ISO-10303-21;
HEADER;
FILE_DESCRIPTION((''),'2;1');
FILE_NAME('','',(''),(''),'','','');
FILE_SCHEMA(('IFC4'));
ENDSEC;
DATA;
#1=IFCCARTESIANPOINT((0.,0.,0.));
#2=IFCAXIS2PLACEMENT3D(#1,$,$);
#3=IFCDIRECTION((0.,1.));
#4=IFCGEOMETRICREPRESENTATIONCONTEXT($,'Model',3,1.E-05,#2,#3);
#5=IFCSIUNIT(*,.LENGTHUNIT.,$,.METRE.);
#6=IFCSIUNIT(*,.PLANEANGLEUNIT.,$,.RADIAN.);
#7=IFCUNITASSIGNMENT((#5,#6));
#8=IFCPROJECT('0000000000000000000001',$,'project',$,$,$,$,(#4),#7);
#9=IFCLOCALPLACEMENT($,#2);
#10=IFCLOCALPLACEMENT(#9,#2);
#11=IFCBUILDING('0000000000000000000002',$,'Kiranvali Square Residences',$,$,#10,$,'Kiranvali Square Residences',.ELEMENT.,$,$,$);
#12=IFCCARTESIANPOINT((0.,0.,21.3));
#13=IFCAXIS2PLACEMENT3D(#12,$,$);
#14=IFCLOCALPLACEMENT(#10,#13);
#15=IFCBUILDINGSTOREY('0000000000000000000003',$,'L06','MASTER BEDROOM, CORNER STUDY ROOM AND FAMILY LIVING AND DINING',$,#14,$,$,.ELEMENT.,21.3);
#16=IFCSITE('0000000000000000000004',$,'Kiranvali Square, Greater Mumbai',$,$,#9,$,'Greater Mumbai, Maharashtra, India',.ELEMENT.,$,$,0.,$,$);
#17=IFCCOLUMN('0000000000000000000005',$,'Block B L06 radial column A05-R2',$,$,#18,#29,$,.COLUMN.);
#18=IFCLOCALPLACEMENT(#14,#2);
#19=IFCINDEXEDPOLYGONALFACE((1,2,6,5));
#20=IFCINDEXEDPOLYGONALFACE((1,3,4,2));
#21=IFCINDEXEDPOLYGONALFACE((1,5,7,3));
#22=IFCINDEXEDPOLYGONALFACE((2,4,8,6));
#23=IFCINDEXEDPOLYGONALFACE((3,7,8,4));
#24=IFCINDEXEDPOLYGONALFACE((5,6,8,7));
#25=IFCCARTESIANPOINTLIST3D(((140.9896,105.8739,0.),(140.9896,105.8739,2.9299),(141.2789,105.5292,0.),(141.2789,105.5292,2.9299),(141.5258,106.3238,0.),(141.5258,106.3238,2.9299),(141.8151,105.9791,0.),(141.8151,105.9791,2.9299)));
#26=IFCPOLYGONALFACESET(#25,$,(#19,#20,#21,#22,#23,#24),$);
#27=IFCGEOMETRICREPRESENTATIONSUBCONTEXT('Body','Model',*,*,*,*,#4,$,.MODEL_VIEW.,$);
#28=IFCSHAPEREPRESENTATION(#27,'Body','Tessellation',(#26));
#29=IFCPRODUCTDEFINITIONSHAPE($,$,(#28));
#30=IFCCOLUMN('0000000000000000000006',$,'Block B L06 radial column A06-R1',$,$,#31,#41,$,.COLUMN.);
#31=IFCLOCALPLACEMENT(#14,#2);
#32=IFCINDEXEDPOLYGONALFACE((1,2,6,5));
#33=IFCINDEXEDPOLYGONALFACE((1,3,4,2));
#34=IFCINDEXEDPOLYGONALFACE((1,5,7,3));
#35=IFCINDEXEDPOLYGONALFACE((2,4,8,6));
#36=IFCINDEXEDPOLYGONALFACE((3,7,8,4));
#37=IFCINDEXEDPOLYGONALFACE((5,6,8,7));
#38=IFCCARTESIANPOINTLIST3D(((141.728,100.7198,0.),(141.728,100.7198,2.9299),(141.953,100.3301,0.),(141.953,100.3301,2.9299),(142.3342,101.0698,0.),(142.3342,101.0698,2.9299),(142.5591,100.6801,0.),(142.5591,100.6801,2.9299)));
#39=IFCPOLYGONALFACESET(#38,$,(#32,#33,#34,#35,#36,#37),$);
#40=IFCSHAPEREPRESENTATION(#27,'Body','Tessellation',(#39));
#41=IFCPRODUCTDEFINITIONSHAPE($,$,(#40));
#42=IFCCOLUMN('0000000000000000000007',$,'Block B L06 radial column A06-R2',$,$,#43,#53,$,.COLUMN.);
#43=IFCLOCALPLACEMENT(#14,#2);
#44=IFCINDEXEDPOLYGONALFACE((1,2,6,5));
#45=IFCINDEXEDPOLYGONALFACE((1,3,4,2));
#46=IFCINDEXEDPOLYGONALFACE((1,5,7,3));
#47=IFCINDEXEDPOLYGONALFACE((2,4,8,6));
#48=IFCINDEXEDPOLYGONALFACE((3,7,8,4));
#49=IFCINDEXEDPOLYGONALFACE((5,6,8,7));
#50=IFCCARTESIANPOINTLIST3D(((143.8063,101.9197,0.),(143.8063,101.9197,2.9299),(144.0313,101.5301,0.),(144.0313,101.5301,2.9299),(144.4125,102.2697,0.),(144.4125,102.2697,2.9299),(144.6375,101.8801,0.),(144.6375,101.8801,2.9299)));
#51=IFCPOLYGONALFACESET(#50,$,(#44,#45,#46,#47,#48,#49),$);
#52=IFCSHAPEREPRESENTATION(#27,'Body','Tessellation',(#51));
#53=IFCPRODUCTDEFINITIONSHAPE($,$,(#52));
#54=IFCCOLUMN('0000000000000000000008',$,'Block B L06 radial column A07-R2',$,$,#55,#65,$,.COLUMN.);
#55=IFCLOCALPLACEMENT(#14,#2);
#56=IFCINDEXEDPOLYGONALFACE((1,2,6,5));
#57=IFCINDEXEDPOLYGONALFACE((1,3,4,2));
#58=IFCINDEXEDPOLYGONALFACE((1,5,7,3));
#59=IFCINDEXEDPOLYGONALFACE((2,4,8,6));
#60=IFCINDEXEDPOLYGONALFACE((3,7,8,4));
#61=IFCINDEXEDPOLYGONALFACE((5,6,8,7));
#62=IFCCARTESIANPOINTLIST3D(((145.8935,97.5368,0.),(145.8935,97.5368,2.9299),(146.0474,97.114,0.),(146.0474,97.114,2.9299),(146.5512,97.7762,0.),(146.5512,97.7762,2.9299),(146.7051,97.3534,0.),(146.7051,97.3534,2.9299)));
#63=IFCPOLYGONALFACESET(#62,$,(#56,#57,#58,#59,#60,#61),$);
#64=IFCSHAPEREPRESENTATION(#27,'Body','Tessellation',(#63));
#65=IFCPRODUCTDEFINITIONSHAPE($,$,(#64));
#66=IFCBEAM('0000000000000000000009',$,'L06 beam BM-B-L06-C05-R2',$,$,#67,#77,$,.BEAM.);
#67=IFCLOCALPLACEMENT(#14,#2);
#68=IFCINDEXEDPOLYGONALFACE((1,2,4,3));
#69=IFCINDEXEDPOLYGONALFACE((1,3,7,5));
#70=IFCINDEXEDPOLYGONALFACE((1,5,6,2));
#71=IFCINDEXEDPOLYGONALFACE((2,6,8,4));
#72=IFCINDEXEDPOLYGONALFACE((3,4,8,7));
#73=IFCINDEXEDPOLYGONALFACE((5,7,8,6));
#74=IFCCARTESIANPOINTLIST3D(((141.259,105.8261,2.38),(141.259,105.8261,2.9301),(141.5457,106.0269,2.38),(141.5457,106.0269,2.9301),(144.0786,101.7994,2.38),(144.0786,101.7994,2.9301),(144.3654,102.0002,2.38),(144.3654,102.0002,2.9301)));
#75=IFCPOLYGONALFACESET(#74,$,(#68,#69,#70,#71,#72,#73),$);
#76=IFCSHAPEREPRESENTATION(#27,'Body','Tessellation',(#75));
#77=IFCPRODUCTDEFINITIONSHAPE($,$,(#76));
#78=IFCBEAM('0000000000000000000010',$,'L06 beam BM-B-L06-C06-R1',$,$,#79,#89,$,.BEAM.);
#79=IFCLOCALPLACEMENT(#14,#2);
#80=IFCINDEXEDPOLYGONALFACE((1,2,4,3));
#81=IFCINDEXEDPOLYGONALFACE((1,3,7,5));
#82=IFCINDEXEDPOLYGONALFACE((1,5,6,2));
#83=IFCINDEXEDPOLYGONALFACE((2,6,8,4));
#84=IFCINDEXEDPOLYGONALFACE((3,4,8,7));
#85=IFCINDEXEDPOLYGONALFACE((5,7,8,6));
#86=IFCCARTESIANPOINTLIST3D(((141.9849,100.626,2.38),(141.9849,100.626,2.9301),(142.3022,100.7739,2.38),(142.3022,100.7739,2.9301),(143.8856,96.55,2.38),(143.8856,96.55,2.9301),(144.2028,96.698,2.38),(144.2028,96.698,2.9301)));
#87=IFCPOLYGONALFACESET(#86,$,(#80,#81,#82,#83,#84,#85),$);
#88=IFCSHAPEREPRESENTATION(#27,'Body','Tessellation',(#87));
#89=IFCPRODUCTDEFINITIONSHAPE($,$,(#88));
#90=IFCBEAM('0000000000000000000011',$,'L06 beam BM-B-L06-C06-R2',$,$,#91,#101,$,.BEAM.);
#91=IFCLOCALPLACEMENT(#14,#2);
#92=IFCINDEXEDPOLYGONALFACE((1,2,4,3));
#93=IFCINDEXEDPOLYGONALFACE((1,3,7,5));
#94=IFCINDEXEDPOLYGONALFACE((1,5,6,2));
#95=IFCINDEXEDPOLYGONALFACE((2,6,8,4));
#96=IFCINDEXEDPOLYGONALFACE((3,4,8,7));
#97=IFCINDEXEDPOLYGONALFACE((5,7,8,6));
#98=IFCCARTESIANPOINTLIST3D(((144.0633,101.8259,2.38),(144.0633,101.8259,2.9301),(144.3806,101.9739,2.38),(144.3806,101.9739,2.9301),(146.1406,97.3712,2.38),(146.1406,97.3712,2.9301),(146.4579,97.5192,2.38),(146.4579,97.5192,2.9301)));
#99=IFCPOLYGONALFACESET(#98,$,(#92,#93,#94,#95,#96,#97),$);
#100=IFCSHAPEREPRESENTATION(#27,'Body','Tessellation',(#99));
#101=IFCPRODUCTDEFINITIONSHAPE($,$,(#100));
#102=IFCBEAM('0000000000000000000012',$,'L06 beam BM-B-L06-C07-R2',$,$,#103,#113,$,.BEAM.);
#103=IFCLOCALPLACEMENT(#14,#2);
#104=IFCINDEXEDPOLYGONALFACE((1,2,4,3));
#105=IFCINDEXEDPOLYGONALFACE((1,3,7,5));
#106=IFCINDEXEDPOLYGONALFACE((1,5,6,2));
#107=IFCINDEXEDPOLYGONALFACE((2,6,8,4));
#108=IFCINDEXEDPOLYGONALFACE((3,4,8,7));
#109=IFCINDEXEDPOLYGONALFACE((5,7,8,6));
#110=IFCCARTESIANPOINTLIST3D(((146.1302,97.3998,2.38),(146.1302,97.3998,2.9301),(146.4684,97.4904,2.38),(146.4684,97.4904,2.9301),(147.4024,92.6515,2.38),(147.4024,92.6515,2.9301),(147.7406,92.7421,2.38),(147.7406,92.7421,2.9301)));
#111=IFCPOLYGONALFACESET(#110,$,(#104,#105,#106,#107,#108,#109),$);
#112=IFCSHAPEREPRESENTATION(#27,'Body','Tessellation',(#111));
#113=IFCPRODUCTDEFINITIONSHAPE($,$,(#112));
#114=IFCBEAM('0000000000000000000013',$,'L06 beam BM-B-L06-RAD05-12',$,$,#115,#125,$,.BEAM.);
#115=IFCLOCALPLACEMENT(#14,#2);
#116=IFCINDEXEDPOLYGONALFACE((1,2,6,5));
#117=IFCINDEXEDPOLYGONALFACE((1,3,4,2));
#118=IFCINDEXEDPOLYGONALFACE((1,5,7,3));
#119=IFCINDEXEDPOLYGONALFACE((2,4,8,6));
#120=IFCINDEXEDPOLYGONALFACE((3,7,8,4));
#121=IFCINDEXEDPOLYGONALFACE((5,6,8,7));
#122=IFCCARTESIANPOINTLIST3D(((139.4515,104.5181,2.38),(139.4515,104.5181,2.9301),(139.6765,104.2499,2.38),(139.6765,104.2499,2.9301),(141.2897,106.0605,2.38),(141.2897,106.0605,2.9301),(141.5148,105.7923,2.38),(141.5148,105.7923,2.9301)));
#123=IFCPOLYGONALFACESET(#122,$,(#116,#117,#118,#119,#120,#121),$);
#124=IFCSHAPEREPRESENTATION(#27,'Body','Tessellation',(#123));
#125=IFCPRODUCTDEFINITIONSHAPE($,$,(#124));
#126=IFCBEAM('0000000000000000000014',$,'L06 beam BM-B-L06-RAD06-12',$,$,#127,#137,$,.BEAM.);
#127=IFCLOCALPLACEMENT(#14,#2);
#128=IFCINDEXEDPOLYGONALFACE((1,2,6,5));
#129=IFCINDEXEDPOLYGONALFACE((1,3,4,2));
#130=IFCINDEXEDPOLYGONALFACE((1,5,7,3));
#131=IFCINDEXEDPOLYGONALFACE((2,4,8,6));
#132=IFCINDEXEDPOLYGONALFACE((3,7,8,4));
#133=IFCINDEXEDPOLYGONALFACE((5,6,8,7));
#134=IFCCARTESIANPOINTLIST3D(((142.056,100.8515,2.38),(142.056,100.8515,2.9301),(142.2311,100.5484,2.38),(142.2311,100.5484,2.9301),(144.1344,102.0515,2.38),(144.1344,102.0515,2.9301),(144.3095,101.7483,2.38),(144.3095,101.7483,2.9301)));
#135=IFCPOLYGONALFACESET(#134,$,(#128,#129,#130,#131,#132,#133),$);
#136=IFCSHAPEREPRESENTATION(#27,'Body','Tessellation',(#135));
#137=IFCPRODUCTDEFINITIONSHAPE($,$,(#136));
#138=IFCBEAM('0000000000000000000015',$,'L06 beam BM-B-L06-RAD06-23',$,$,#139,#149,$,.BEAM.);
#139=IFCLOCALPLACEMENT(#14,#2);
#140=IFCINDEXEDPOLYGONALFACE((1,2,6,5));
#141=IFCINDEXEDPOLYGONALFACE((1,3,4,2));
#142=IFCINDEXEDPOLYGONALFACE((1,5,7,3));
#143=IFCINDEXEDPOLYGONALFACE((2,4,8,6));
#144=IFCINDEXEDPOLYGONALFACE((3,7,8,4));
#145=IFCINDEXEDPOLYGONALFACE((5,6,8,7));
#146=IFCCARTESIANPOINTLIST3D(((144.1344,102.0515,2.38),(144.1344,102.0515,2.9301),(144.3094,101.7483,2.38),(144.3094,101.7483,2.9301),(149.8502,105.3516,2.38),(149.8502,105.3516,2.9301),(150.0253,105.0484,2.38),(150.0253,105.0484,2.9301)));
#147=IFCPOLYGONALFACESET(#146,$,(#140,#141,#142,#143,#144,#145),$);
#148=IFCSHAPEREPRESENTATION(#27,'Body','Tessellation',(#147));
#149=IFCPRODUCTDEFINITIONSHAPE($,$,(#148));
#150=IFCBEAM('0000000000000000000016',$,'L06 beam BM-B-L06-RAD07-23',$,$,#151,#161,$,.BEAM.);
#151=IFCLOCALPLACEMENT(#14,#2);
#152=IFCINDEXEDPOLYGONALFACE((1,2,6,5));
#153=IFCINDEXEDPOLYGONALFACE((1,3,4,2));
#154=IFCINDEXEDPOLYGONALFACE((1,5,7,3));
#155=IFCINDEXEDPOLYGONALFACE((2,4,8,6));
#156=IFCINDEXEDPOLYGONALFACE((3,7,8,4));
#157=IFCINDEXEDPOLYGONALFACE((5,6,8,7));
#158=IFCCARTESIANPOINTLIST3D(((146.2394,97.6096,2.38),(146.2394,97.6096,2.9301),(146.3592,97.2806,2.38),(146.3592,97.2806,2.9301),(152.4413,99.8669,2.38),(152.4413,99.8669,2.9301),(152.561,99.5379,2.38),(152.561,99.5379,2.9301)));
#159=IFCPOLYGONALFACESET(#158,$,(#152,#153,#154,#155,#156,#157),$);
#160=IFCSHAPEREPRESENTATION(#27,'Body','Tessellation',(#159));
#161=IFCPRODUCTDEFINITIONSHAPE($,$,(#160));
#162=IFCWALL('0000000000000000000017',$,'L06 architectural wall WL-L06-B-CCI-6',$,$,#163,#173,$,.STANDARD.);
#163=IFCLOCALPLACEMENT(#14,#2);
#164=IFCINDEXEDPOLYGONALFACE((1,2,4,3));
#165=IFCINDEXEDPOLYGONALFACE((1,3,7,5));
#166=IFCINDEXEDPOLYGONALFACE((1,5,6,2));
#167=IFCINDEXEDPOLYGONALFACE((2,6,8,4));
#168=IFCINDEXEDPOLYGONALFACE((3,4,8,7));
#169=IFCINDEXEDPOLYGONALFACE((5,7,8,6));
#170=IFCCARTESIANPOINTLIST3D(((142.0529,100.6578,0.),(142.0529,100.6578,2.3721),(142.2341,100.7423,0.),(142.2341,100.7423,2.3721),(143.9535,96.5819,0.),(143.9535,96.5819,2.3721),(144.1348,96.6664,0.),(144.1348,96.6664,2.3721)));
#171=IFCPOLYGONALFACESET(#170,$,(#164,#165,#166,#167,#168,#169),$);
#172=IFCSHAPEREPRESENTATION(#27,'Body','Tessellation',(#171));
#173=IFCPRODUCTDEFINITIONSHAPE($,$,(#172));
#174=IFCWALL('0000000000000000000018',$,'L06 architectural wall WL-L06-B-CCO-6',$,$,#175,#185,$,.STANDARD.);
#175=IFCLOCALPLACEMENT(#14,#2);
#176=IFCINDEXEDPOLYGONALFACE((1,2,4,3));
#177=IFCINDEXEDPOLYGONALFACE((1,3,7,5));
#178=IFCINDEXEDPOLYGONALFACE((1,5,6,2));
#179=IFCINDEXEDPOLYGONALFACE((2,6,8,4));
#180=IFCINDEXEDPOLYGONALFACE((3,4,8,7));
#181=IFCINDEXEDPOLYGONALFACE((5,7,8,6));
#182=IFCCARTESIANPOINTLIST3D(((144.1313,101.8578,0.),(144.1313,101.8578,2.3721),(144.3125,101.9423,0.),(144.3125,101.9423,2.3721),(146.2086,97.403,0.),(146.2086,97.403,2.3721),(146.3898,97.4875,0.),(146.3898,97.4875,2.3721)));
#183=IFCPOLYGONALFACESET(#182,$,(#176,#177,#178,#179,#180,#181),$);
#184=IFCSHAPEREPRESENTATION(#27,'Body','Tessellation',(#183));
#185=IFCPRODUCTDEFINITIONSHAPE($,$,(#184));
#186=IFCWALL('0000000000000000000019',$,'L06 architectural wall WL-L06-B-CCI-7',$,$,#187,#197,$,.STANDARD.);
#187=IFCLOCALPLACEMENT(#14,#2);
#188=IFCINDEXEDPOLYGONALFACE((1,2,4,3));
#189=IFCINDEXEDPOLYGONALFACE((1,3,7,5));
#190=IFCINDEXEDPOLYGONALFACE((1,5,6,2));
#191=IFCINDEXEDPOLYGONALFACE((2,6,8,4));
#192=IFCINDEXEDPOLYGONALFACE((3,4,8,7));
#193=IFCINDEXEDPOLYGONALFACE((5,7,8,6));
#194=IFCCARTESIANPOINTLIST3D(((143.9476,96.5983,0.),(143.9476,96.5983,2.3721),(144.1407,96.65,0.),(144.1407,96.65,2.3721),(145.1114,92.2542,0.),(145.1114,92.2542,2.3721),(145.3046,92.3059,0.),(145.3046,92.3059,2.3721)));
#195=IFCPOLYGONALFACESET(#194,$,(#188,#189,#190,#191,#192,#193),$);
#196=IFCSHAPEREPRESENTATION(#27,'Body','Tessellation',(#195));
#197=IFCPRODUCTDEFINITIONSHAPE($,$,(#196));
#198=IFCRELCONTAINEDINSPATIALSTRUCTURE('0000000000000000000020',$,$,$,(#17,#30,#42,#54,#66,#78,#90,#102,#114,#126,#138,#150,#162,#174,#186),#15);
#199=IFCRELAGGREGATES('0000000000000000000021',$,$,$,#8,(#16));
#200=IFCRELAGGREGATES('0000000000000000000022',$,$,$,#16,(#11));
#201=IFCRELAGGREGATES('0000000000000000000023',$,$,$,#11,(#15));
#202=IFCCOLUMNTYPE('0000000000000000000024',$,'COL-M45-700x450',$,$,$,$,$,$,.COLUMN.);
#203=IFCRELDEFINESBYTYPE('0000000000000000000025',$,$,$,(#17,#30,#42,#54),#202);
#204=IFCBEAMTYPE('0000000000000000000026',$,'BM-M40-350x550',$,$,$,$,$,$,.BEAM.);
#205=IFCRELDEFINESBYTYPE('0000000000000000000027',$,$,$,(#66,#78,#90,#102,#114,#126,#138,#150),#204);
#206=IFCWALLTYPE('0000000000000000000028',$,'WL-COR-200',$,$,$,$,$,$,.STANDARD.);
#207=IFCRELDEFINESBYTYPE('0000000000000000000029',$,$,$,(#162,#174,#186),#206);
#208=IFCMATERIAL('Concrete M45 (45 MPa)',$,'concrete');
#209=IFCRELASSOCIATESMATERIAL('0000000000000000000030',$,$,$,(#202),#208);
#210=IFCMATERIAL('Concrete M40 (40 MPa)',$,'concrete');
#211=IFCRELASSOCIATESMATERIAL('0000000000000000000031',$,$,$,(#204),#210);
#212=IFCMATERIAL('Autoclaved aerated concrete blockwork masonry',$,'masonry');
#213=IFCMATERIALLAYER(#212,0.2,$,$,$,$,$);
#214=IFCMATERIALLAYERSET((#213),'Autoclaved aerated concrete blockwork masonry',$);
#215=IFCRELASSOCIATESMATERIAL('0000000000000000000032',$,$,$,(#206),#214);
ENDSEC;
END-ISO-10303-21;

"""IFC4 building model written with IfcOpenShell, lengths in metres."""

from ifc_helpers import new_model, si_unit, direction, frame, frame_2d, origin, origin_2d, place, context, subcontext, project, spatial, rectangle, extrude, material, layer, layer_set, material_profile, profile_set, type_object, element, save


model = new_model("IFC4")

# Units and contexts
model_context = context("Model", 3, precision=1e-05, world=origin(), true_north=direction((0.0, 1.0)))
body_context = subcontext(model_context, "Body", "Model", "MODEL_VIEW")
ifc_project = project(units=[si_unit("LENGTHUNIT", "METRE"), si_unit("PLANEANGLEUNIT", "RADIAN")], contexts=[model_context])

# Site, building, storey
site_placement = place(None, origin())
site = spatial("IfcSite", under=ifc_project, at=site_placement, Name="Kiranvali Square, Greater Mumbai", LongName="Greater Mumbai, Maharashtra, India", CompositionType="ELEMENT", RefElevation=0.0)
building_placement = place(site_placement, origin())
building = spatial("IfcBuilding", under=site, at=building_placement, Name="Kiranvali Square Residences", LongName="Kiranvali Square Residences", CompositionType="ELEMENT")
storey_placement = place(building_placement, frame((0.0, 0.0, 21.3)))
storey = spatial("IfcBuildingStorey", under=building, at=storey_placement, Name="L06", Description="MASTER BEDROOM, CORNER STUDY ROOM AND FAMILY LIVING AND DINING", CompositionType="ELEMENT", Elevation=21.3)

# Columns
ifc_material_1 = material(Name="Concrete M45 (45 MPa)", Category="concrete")
ifc_material_profile_1 = material_profile(ifc_material_1, rectangle(XDim=0.45, YDim=0.7, at=origin_2d()), Name="RC 700x450")
ifc_profile_set_1 = profile_set([ifc_material_profile_1], Name="Concrete M45 (45 MPa)")
column_type = type_object("IfcColumnType", Name="COL-M45-700x450", PredefinedType="COLUMN", material=ifc_profile_set_1)
for number, where, z_axis, x_axis, name in (
    (1, (141.4023, 105.9265, 0.0), (0.0, 0.0, 1.0), (-0.642788, 0.766044, 0.0), "Block B L06 radial column A05-R2"),
    (2, (142.1436, 100.7, 0.0), (0.0, 0.0, 1.0), (-0.5, 0.866025, 0.0), "Block B L06 radial column A06-R1"),
    (3, (144.2219, 101.8999, 0.0), (0.0, 0.0, 1.0), (-0.5, 0.866025, 0.0), "Block B L06 radial column A06-R2"),
    (4, (146.2993, 97.4451, 0.0), (0.0, 0.0, 1.0), (-0.34202, 0.939693, 0.0), "Block B L06 radial column A07-R2"),
):
    element("IfcColumn", number, at=place(storey_placement, frame(where, z_axis=z_axis, x_axis=x_axis)), inside=storey, type_object=column_type, Name=name, PredefinedType="COLUMN", context=body_context, shape_type="SweptSolid", body=[
        extrude(rectangle(XDim=0.45, YDim=0.7, at=origin_2d()), origin(), (0.0, 0.0, 1.0), 2.9299),
    ])

# Beams
ifc_material_2 = material(Name="Concrete M40 (40 MPa)", Category="concrete")
ifc_material_profile_2 = material_profile(ifc_material_2, rectangle(XDim=0.3501, YDim=0.55, at=origin_2d()), Name="RC 350x550")
ifc_profile_set_2 = profile_set([ifc_material_profile_2], Name="Concrete M40 (40 MPa)")
beam_type = type_object("IfcBeamType", Name="BM-M40-350x550", PredefinedType="BEAM", material=ifc_profile_set_2)
beam_1_placement = place(storey_placement, frame((141.4023, 105.9265, 2.655), z_axis=(0.573592, -0.819141, 0.0), x_axis=(0.819141, 0.573592, 0.0)))
element("IfcBeam", 5, at=beam_1_placement, inside=storey, type_object=beam_type, Name="L06 beam BM-B-L06-C05-R2", PredefinedType="BEAM", context=body_context, shape_type="SweptSolid", body=[
    extrude(rectangle(XDim=0.3501, YDim=0.55, at=origin_2d()), origin(), (0.0, 0.0, 1.0), 4.9158),
])
beam_2_placement = place(storey_placement, frame((142.1436, 100.7, 2.655), z_axis=(0.422618, -0.906308, 0.0), x_axis=(0.906308, 0.422618, 0.0)))
element("IfcBeam", 6, at=beam_2_placement, inside=storey, type_object=beam_type, Name="L06 beam BM-B-L06-C06-R1", PredefinedType="BEAM", context=body_context, shape_type="SweptSolid", body=[
    extrude(rectangle(XDim=0.3501, YDim=0.55, at=origin_2d()), origin(), (0.0, 0.0, 1.0), 4.4973),
])
beam_3_placement = place(storey_placement, frame((144.2219, 101.8999, 2.655), z_axis=(0.42263, -0.906302, 0.0), x_axis=(0.906302, 0.42263, 0.0)))
element("IfcBeam", 7, at=beam_3_placement, inside=storey, type_object=beam_type, Name="L06 beam BM-B-L06-C06-R2", PredefinedType="BEAM", context=body_context, shape_type="SweptSolid", body=[
    extrude(rectangle(XDim=0.3501, YDim=0.55, at=origin_2d()), origin(), (0.0, 0.0, 1.0), 4.9153),
])
beam_4_placement = place(storey_placement, frame((146.2993, 97.4451, 2.655), z_axis=(0.258803, -0.96593, 0.0), x_axis=(0.96593, 0.258803, 0.0)))
element("IfcBeam", 8, at=beam_4_placement, inside=storey, type_object=beam_type, Name="L06 beam BM-B-L06-C07-R2", PredefinedType="BEAM", context=body_context, shape_type="SweptSolid", body=[
    extrude(rectangle(XDim=0.3501, YDim=0.55, at=origin_2d()), origin(), (0.0, 0.0, 1.0), 4.9158),
])
beam_5_placement = place(storey_placement, frame((139.564, 104.384, 2.655), z_axis=(0.766065, 0.642763, 0.0), x_axis=(-0.642763, 0.766065, 0.0)))
element("IfcBeam", 9, at=beam_5_placement, inside=storey, type_object=beam_type, Name="L06 beam BM-B-L06-RAD05-12", PredefinedType="BEAM", context=body_context, shape_type="SweptSolid", body=[
    extrude(rectangle(XDim=0.3501, YDim=0.55, at=origin_2d()), origin(), (0.0, 0.0, 1.0), 2.3997),
])
beam_6_placement = place(storey_placement, frame((142.1436, 100.7, 2.655), z_axis=(0.866025, 0.500001, 0.0), x_axis=(-0.500001, 0.866025, 0.0)))
element("IfcBeam", 10, at=beam_6_placement, inside=storey, type_object=beam_type, Name="L06 beam BM-B-L06-RAD06-12", PredefinedType="BEAM", context=body_context, shape_type="SweptSolid", body=[
    extrude(rectangle(XDim=0.3501, YDim=0.55, at=origin_2d()), origin(), (0.0, 0.0, 1.0), 2.3999),
])
beam_7_placement = place(storey_placement, frame((144.2219, 101.8999, 2.655), z_axis=(0.866024, 0.500002, 0.0), x_axis=(-0.500002, 0.866024, 0.0)))
element("IfcBeam", 11, at=beam_7_placement, inside=storey, type_object=beam_type, Name="L06 beam BM-B-L06-RAD06-23", PredefinedType="BEAM", context=body_context, shape_type="SweptSolid", body=[
    extrude(rectangle(XDim=0.3501, YDim=0.55, at=origin_2d()), origin(), (0.0, 0.0, 1.0), 6.6001),
])
beam_8_placement = place(storey_placement, frame((146.2993, 97.4451, 2.655), z_axis=(0.939692, 0.342022, 0.0), x_axis=(-0.342022, 0.939692, 0.0)))
element("IfcBeam", 12, at=beam_8_placement, inside=storey, type_object=beam_type, Name="L06 beam BM-B-L06-RAD07-23", PredefinedType="BEAM", context=body_context, shape_type="SweptSolid", body=[
    extrude(rectangle(XDim=0.3501, YDim=0.55, at=origin_2d()), origin(), (0.0, 0.0, 1.0), 6.5999),
])

# Shared definitions
ifc_material_3 = material(Name="Autoclaved aerated concrete blockwork masonry", Category="masonry")
ifc_layer_1 = layer(ifc_material_3, 0.2)
ifc_layer_set_1 = layer_set([ifc_layer_1], Name="Autoclaved aerated concrete blockwork masonry")
wall_type_1 = type_object("IfcWallType", Name="WL-COR-200", PredefinedType="STANDARD", material=ifc_layer_set_1)

# Walls
wall_1_placement = place(storey_placement, frame((142.1436, 100.7, 0.0), z_axis=(0.0, 0.0, 1.0), x_axis=(0.422618, -0.906308, 0.0)))
element("IfcWall", 13, at=wall_1_placement, inside=storey, type_object=wall_type_1, Name="L06 architectural wall WL-L06-B-CCI-6", PredefinedType="STANDARD", context=body_context, shape_type="SweptSolid", body=[
    extrude(rectangle(XDim=4.4973, YDim=0.2, at=frame_2d((2.2485, 0.0))), origin(), (0.0, 0.0, 1.0), 2.3721),
])
wall_2_placement = place(storey_placement, frame((144.2219, 101.8999, 0.0), z_axis=(0.0, 0.0, 1.0), x_axis=(0.42263, -0.906302, 0.0)))
element("IfcWall", 14, at=wall_2_placement, inside=storey, type_object=wall_type_1, Name="L06 architectural wall WL-L06-B-CCO-6", PredefinedType="STANDARD", context=body_context, shape_type="SweptSolid", body=[
    extrude(rectangle(XDim=4.9153, YDim=0.2, at=frame_2d((2.4575, 0.0))), origin(), (0.0, 0.0, 1.0), 2.3721),
])
wall_3_placement = place(storey_placement, frame((144.0442, 96.624, 0.0), z_axis=(0.0, 0.0, 1.0), x_axis=(0.258788, -0.965934, 0.0)))
element("IfcWall", 15, at=wall_3_placement, inside=storey, type_object=wall_type_1, Name="L06 architectural wall WL-L06-B-CCI-7", PredefinedType="STANDARD", context=body_context, shape_type="SweptSolid", body=[
    extrude(rectangle(XDim=4.4973, YDim=0.2, at=frame_2d((2.2485, 0.0))), origin(), (0.0, 0.0, 1.0), 2.3721),
])

save(model, "model.ifc")
